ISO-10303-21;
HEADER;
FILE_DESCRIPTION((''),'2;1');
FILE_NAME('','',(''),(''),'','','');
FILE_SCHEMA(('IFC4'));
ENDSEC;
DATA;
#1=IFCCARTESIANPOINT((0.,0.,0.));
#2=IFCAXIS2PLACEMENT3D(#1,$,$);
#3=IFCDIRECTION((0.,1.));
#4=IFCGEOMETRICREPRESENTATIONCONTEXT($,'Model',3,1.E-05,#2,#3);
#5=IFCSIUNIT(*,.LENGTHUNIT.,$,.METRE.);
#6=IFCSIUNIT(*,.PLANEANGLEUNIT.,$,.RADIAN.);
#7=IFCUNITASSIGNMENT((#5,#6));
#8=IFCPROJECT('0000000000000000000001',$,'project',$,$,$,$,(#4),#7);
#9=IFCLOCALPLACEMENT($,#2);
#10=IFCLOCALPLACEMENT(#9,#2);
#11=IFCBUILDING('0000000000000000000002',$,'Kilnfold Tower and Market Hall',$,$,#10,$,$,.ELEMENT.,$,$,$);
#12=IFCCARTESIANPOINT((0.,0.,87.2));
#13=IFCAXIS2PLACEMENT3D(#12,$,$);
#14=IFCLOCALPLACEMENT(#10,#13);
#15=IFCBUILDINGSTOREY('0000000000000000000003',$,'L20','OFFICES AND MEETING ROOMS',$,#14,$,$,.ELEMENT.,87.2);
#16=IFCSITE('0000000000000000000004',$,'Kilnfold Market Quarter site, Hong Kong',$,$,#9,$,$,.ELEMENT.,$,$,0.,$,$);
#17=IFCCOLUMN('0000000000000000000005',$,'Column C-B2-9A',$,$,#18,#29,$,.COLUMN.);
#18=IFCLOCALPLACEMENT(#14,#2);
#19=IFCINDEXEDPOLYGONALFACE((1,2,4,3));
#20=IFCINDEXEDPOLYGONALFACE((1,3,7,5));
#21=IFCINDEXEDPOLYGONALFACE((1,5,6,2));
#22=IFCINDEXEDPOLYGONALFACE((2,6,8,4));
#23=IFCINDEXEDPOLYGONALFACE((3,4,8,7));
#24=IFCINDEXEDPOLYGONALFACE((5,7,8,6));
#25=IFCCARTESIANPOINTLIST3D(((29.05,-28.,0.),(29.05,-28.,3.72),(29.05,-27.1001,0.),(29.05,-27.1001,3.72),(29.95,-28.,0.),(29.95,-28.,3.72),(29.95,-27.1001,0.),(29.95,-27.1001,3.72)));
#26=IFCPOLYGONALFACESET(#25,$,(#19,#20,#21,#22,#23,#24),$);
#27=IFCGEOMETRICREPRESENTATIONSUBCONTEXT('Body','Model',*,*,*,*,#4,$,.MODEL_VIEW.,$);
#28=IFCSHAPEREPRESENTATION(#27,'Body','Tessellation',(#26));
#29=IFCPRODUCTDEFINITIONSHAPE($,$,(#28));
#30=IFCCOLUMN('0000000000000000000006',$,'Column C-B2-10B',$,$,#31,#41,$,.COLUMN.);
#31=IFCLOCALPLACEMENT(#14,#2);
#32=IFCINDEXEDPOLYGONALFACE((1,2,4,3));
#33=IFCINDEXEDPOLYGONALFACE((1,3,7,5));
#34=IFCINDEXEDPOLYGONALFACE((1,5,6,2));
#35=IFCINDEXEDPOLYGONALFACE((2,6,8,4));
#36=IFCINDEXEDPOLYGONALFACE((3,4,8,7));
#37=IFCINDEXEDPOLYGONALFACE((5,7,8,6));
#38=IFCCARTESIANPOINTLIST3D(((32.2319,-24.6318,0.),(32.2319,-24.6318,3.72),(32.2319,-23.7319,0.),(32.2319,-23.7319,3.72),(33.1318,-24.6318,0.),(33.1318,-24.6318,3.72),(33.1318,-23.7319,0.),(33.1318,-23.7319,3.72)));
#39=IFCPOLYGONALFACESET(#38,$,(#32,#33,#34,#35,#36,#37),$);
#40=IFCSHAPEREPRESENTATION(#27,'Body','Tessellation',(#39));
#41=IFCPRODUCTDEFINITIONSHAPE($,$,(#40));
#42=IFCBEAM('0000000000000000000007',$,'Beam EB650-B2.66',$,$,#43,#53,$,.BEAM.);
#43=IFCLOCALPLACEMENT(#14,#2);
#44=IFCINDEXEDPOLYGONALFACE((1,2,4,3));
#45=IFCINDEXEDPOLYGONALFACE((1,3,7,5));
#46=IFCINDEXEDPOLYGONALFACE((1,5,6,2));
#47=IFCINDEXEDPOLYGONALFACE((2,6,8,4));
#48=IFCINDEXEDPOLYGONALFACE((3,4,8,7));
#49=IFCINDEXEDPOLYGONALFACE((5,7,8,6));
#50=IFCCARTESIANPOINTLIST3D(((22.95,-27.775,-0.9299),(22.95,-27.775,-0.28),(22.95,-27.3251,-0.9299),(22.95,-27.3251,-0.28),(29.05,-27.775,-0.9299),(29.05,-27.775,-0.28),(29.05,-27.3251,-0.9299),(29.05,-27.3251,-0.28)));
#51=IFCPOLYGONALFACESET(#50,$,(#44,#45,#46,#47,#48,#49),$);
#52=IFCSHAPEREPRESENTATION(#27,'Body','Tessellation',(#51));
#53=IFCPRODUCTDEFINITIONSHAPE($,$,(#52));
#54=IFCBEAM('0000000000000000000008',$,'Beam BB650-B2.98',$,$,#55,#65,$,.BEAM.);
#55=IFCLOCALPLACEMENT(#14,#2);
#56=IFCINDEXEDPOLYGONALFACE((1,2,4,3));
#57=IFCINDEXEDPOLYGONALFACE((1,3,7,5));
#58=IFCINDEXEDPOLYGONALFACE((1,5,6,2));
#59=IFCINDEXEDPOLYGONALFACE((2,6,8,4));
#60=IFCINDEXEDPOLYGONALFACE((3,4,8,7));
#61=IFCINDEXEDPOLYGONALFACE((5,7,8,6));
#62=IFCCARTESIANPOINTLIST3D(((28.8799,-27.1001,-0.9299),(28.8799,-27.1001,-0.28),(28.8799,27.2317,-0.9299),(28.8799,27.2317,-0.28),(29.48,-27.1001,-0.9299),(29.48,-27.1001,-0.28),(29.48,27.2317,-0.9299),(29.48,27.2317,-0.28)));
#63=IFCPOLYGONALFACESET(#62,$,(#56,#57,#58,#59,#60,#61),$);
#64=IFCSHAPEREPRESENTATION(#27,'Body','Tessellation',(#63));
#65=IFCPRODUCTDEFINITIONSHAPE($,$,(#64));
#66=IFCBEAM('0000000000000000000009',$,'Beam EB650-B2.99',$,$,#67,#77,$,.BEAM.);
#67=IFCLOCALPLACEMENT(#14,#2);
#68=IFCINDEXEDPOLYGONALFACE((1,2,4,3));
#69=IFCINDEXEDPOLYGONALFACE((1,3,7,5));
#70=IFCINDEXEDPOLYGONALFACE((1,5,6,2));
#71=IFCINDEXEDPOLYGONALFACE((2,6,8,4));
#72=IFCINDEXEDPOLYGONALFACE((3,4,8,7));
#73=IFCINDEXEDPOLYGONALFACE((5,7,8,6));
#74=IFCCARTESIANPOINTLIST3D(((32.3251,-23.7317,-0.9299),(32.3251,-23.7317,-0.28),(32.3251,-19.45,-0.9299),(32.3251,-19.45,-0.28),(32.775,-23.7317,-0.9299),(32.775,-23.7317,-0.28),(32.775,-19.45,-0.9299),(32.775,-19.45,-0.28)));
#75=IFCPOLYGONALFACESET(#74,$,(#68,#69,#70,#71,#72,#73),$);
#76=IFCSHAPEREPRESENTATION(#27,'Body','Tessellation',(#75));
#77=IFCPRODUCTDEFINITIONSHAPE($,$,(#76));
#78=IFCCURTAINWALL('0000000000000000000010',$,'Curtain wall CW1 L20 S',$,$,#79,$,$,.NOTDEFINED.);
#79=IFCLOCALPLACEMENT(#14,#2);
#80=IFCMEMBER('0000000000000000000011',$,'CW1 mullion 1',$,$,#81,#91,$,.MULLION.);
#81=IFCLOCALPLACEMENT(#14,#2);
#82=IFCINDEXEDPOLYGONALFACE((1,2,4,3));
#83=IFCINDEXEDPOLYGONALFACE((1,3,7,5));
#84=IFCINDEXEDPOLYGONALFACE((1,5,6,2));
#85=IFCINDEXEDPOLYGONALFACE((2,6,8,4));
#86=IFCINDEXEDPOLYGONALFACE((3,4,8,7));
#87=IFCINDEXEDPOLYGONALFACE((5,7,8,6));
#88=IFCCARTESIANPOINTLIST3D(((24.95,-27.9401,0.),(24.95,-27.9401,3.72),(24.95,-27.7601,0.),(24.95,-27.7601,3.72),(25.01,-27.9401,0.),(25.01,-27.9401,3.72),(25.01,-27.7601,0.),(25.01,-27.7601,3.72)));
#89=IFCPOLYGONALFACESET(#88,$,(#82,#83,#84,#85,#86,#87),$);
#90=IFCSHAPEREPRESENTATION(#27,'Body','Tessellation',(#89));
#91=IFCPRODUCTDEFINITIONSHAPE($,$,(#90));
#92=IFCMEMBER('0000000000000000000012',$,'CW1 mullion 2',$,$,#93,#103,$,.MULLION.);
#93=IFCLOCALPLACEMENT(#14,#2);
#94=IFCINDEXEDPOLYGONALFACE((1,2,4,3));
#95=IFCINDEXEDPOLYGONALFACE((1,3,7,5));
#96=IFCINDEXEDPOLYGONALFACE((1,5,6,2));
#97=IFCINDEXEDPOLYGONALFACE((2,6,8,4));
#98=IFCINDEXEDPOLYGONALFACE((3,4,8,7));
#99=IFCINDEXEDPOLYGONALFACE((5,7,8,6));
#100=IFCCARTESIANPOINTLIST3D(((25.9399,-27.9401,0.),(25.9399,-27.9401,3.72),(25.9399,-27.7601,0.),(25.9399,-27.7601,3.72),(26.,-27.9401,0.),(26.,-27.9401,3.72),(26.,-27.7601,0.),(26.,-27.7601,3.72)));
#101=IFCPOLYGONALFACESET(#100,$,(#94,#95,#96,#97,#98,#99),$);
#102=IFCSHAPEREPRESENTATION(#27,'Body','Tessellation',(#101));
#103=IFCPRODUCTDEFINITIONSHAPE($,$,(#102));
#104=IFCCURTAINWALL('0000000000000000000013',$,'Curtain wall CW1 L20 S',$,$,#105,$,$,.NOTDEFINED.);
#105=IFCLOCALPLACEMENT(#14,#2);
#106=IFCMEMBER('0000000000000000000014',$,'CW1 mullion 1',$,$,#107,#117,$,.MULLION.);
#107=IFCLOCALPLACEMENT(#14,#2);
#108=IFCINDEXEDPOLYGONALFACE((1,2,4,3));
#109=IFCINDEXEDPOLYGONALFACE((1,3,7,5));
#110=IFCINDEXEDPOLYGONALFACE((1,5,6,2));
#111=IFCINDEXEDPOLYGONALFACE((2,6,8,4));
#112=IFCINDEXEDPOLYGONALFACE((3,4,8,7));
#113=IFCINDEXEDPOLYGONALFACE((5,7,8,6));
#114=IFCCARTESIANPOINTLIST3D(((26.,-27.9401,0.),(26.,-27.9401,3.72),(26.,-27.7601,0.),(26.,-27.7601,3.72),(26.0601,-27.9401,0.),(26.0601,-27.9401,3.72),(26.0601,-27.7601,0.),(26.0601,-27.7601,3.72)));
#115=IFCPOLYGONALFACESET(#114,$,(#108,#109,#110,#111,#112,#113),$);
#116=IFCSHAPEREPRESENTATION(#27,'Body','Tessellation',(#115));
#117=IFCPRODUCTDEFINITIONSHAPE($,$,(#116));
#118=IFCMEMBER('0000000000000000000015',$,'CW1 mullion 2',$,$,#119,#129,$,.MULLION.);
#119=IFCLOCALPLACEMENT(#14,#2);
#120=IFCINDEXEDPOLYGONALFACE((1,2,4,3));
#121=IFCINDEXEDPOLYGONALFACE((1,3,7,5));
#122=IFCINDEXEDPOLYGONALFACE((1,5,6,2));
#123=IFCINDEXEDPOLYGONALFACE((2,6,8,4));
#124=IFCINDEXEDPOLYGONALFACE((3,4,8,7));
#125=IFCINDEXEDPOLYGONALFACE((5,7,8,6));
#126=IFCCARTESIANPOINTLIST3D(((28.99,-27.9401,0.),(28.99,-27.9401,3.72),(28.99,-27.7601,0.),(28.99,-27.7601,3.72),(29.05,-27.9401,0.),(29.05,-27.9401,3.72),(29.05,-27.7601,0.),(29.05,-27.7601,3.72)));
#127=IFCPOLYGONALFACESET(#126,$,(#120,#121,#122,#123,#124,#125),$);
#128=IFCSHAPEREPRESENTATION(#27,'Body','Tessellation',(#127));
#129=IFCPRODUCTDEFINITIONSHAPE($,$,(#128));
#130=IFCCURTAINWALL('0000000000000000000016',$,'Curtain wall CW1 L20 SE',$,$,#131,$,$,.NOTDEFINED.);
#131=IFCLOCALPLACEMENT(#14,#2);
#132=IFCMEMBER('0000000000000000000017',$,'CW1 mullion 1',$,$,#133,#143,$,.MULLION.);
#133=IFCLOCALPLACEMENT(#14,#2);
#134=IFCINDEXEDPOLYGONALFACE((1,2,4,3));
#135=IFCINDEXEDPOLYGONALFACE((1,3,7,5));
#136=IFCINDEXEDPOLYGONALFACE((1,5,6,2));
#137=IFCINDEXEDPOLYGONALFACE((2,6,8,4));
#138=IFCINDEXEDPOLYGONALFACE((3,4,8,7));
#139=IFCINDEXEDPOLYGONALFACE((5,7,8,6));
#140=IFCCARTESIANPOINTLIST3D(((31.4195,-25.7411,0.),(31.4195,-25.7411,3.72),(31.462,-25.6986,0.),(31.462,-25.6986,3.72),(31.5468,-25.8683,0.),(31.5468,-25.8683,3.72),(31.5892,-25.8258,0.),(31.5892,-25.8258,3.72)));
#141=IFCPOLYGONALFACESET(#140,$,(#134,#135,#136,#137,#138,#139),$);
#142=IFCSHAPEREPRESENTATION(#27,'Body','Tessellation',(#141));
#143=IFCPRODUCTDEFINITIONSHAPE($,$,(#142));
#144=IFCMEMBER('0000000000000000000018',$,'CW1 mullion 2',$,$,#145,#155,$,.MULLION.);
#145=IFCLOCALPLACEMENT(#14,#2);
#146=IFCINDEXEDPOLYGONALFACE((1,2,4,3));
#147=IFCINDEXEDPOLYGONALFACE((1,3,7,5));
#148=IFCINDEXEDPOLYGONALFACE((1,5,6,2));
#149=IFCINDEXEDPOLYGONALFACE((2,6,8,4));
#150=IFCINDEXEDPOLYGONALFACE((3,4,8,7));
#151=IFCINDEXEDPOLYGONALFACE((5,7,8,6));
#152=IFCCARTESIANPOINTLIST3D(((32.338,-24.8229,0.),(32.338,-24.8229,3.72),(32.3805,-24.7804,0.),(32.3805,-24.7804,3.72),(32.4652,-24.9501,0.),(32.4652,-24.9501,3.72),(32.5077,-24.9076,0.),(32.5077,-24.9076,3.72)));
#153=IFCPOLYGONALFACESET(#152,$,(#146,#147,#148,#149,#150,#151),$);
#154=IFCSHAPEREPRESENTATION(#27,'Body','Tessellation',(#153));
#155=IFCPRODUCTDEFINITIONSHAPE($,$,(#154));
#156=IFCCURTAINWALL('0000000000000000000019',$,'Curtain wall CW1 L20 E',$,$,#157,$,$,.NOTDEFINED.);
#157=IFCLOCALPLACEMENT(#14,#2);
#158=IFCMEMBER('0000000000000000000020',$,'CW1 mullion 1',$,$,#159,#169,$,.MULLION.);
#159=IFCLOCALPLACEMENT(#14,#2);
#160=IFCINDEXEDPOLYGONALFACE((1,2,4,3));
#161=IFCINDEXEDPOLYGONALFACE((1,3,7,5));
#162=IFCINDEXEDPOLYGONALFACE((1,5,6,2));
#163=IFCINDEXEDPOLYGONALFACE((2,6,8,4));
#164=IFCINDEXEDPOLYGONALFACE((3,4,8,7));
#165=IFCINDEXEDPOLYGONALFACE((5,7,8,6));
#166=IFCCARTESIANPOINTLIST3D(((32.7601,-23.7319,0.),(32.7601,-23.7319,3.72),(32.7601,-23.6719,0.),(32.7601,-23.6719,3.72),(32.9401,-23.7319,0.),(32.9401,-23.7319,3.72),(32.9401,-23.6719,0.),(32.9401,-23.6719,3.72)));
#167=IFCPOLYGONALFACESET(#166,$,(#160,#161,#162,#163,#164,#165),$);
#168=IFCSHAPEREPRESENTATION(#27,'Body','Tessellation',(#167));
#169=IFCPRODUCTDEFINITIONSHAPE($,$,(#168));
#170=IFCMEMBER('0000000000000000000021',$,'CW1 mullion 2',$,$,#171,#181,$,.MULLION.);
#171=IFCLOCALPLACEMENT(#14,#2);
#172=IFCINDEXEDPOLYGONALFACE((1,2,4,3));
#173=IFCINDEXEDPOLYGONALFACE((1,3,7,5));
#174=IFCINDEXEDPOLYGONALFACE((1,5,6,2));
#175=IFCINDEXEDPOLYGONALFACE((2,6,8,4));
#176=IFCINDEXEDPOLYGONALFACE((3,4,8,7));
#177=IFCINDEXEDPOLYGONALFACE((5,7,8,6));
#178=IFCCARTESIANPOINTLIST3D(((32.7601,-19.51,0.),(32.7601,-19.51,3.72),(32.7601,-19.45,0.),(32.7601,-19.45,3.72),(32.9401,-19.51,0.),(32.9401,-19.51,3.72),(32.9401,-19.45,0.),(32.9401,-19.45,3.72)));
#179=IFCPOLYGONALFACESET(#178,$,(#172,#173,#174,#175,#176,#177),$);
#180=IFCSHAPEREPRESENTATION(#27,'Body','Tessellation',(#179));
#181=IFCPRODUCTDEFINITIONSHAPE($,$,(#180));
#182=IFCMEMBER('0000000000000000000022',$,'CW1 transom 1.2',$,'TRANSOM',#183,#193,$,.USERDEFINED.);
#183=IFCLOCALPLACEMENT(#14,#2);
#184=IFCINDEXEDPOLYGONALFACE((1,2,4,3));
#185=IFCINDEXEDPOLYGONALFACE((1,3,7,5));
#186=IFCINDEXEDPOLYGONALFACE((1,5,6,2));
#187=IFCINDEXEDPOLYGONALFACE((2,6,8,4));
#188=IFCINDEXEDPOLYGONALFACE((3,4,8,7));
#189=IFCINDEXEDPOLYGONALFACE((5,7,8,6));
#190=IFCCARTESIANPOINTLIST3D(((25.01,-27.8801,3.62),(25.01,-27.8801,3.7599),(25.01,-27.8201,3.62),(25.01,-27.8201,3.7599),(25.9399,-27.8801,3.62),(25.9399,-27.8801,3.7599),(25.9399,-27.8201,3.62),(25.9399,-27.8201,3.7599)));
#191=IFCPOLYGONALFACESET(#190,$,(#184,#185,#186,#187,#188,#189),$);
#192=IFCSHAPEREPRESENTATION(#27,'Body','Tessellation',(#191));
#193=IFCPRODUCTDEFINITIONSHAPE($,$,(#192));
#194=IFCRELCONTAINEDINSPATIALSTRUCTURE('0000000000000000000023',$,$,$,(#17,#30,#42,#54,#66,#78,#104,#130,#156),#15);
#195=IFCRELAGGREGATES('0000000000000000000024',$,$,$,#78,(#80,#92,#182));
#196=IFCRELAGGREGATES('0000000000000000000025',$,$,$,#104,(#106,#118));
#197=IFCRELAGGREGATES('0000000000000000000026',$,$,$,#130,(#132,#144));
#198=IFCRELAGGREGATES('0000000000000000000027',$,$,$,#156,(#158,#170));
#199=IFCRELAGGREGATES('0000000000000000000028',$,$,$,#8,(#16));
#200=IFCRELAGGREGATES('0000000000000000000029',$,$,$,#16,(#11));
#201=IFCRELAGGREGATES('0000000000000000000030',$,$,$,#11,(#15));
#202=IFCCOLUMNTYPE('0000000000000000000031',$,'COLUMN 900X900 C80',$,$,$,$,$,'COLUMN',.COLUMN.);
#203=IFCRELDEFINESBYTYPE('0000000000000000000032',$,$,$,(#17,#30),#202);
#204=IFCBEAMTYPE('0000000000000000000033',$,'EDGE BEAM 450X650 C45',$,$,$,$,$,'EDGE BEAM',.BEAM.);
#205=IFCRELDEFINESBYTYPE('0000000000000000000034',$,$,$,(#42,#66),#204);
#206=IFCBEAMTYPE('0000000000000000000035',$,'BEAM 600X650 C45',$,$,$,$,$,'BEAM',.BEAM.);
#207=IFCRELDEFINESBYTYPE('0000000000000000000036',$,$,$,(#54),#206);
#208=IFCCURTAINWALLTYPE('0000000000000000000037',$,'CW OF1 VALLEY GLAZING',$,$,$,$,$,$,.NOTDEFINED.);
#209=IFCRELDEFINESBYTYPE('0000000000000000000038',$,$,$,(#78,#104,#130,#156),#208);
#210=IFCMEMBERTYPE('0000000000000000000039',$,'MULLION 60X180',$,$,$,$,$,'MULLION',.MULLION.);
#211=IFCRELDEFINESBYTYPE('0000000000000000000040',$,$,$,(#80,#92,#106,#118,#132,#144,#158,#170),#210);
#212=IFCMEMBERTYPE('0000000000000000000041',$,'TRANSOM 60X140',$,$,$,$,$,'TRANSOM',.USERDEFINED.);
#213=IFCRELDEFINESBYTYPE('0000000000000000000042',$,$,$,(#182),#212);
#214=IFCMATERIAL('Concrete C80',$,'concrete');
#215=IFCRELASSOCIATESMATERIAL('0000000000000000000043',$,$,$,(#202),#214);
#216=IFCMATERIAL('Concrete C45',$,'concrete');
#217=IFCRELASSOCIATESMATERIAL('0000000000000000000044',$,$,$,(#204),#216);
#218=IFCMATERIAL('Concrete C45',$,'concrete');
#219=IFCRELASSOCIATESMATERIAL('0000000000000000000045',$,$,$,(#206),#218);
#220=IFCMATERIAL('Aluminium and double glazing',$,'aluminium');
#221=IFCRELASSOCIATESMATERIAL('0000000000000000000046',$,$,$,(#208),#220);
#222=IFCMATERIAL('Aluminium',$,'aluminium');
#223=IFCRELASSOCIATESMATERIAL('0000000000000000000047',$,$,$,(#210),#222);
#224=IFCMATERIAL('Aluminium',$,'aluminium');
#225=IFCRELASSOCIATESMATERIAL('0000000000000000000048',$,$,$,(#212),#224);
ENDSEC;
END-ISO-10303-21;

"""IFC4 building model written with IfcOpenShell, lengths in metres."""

from ifc_helpers import new_model, si_unit, direction, frame, origin, origin_2d, place, context, subcontext, project, spatial, rectangle, extrude, source, transform, mapped, material, material_profile, profile_set, type_object, element, aggregate, save


model = new_model("IFC4")

# Units and contexts
model_context = context("Model", 3, precision=1e-05, world=origin(), true_north=direction((0.0, 1.0)))
body_context = subcontext(model_context, "Body", "Model", "MODEL_VIEW")
ifc_project = project(units=[si_unit("LENGTHUNIT", "METRE"), si_unit("PLANEANGLEUNIT", "RADIAN")], contexts=[model_context])

# Site, building, storey
site_placement = place(None, origin())
site = spatial("IfcSite", under=ifc_project, at=site_placement, Name="Kilnfold Market Quarter site, Hong Kong", CompositionType="ELEMENT", RefElevation=0.0)
building_placement = place(site_placement, origin())
building = spatial("IfcBuilding", under=site, at=building_placement, Name="Kilnfold Tower and Market Hall", CompositionType="ELEMENT")
storey_placement = place(building_placement, frame((0.0, 0.0, 87.2)))
storey = spatial("IfcBuildingStorey", under=building, at=storey_placement, Name="L20", Description="OFFICES AND MEETING ROOMS", CompositionType="ELEMENT", Elevation=87.2)

# Columns
ifc_material_1 = material(Name="Concrete C80", Category="concrete")
ifc_material_profile_1 = material_profile(ifc_material_1, rectangle(XDim=0.8999, YDim=0.8999, at=origin_2d()), Name="RC 900x900")
ifc_profile_set_1 = profile_set([ifc_material_profile_1], Name="Concrete C80")
column_type = type_object("IfcColumnType", Name="COLUMN 900X900 C80", ElementType="COLUMN", PredefinedType="COLUMN", material=ifc_profile_set_1)
shared_shape_1 = source(origin(), body_context, "Body", "SweptSolid", [
    extrude(rectangle(XDim=0.8999, YDim=0.8999, at=origin_2d()), origin(), (0.0, 0.0, 1.0), 3.72),
])
for number, where, z_axis, x_axis, name in (
    (1, (29.5, -27.55, 0.0), (0.0, 0.0, 1.0), (1.0, 0.0, 0.0), "Column C-B2-9A"),
    (2, (32.6819, -24.1819, 0.0), (0.0, 0.0, 1.0), (1.0, 0.0, 0.0), "Column C-B2-10B"),
):
    element("IfcColumn", number, at=place(storey_placement, frame(where, z_axis=z_axis, x_axis=x_axis)), inside=storey, type_object=column_type, Name=name, PredefinedType="COLUMN", context=body_context, shape_type="MappedRepresentation", body=[
        mapped(shared_shape_1, transform((0.0, 0.0, 0.0))),
    ])

# Beams
ifc_material_2 = material(Name="Concrete C45", Category="concrete")
ifc_material_profile_2 = material_profile(ifc_material_2, rectangle(XDim=0.45, YDim=0.6499, at=origin_2d()), Name="RC 450x650")
ifc_profile_set_2 = profile_set([ifc_material_profile_2], Name="Concrete C45")
beam_type_1 = type_object("IfcBeamType", Name="EDGE BEAM 450X650 C45", ElementType="EDGE BEAM", PredefinedType="BEAM", material=ifc_profile_set_2)
shared_shape_2 = source(origin(), body_context, "Body", "SweptSolid", [
    extrude(rectangle(XDim=0.45, YDim=0.6499, at=origin_2d()), origin(), (0.0, 0.0, 1.0), 6.1001),
])
beam_1_placement = place(storey_placement, frame((22.95, -27.55, -0.605), z_axis=(1.0, 0.0, 0.0), x_axis=(0.0, 1.0, 0.0)))
element("IfcBeam", 3, at=beam_1_placement, inside=storey, type_object=beam_type_1, Name="Beam EB650-B2.66", PredefinedType="BEAM", context=body_context, shape_type="MappedRepresentation", body=[
    mapped(shared_shape_2, transform((0.0, 0.0, 0.0))),
])
ifc_material_3 = material(Name="Concrete C45", Category="concrete")
ifc_material_profile_3 = material_profile(ifc_material_3, rectangle(XDim=0.6001, YDim=0.6499, at=origin_2d()), Name="RC 600x650")
ifc_profile_set_3 = profile_set([ifc_material_profile_3], Name="Concrete C45")
beam_type_2 = type_object("IfcBeamType", Name="BEAM 600X650 C45", ElementType="BEAM", PredefinedType="BEAM", material=ifc_profile_set_3)
shared_shape_3 = source(origin(), body_context, "Body", "SweptSolid", [
    extrude(rectangle(XDim=0.6001, YDim=0.6499, at=origin_2d()), origin(), (0.0, 0.0, 1.0), 54.3318),
])
beam_2_placement = place(storey_placement, frame((29.1799, -27.1001, -0.605), z_axis=(0.0, 1.0, 0.0), x_axis=(-1.0, 0.0, 0.0)))
element("IfcBeam", 4, at=beam_2_placement, inside=storey, type_object=beam_type_2, Name="Beam BB650-B2.98", PredefinedType="BEAM", context=body_context, shape_type="MappedRepresentation", body=[
    mapped(shared_shape_3, transform((0.0, 0.0, 0.0))),
])
shared_shape_4 = source(origin(), body_context, "Body", "SweptSolid", [
    extrude(rectangle(XDim=0.45, YDim=0.6499, at=origin_2d()), origin(), (0.0, 0.0, 1.0), 4.2817),
])
beam_3_placement = place(storey_placement, frame((32.55, -23.7317, -0.605), z_axis=(0.0, 1.0, 0.0), x_axis=(-1.0, 0.0, 0.0)))
element("IfcBeam", 5, at=beam_3_placement, inside=storey, type_object=beam_type_1, Name="Beam EB650-B2.99", PredefinedType="BEAM", context=body_context, shape_type="MappedRepresentation", body=[
    mapped(shared_shape_4, transform((0.0, 0.0, 0.0))),
])

# Curtain walls, members
ifc_material_4 = material(Name="Aluminium and double glazing", Category="aluminium")
curtain_wall_type = type_object("IfcCurtainWallType", Name="CW OF1 VALLEY GLAZING", PredefinedType="NOTDEFINED", material=ifc_material_4)
curtain_wall_1_placement = place(storey_placement, origin())
curtain_wall_1 = element("IfcCurtainWall", 6, at=curtain_wall_1_placement, inside=storey, type_object=curtain_wall_type, Name="Curtain wall CW1 L20 S", PredefinedType="NOTDEFINED")
ifc_material_5 = material(Name="Aluminium", Category="aluminium")
ifc_material_profile_4 = material_profile(ifc_material_5, rectangle(XDim=0.0601, YDim=0.1799, at=origin_2d()), Name="MULLION 60x180")
ifc_profile_set_4 = profile_set([ifc_material_profile_4], Name="Aluminium")
member_type_1 = type_object("IfcMemberType", Name="MULLION 60X180", ElementType="MULLION", PredefinedType="MULLION", material=ifc_profile_set_4)
shared_shape_5 = source(origin(), body_context, "Body", "SweptSolid", [
    extrude(rectangle(XDim=0.0601, YDim=0.1799, at=origin_2d()), origin(), (0.0, 0.0, 1.0), 3.72),
])
member_1_placement = place(storey_placement, frame((24.98, -27.8501, 0.0), z_axis=(0.0, 0.0, 1.0), x_axis=(1.0, 0.0, 0.0)))
member_1 = element("IfcMember", 7, at=member_1_placement, type_object=member_type_1, Name="CW1 mullion 1", PredefinedType="MULLION", context=body_context, shape_type="MappedRepresentation", body=[
    mapped(shared_shape_5, transform((0.0, 0.0, 0.0))),
])
member_2_placement = place(storey_placement, frame((25.97, -27.8501, 0.0), z_axis=(0.0, 0.0, 1.0), x_axis=(1.0, 0.0, 0.0)))
member_2 = element("IfcMember", 8, at=member_2_placement, type_object=member_type_1, Name="CW1 mullion 2", PredefinedType="MULLION", context=body_context, shape_type="MappedRepresentation", body=[
    mapped(shared_shape_5, transform((0.0, 0.0, 0.0))),
])
curtain_wall_2_placement = place(storey_placement, origin())
curtain_wall_2 = element("IfcCurtainWall", 9, at=curtain_wall_2_placement, inside=storey, type_object=curtain_wall_type, Name="Curtain wall CW1 L20 S", PredefinedType="NOTDEFINED")
member_3_placement = place(storey_placement, frame((26.03, -27.8501, 0.0), z_axis=(0.0, 0.0, 1.0), x_axis=(1.0, 0.0, 0.0)))
member_3 = element("IfcMember", 10, at=member_3_placement, type_object=member_type_1, Name="CW1 mullion 1", PredefinedType="MULLION", context=body_context, shape_type="MappedRepresentation", body=[
    mapped(shared_shape_5, transform((0.0, 0.0, 0.0))),
])
member_4_placement = place(storey_placement, frame((29.02, -27.8501, 0.0), z_axis=(0.0, 0.0, 1.0), x_axis=(1.0, 0.0, 0.0)))
member_4 = element("IfcMember", 11, at=member_4_placement, type_object=member_type_1, Name="CW1 mullion 2", PredefinedType="MULLION", context=body_context, shape_type="MappedRepresentation", body=[
    mapped(shared_shape_5, transform((0.0, 0.0, 0.0))),
])
curtain_wall_3_placement = place(storey_placement, origin())
curtain_wall_3 = element("IfcCurtainWall", 12, at=curtain_wall_3_placement, inside=storey, type_object=curtain_wall_type, Name="Curtain wall CW1 L20 SE", PredefinedType="NOTDEFINED")
member_5_placement = place(storey_placement, frame((31.5044, -25.7834, 0.0), z_axis=(0.0, 0.0, 1.0), x_axis=(0.707107, 0.707107, 0.0)))
member_5 = element("IfcMember", 13, at=member_5_placement, type_object=member_type_1, Name="CW1 mullion 1", PredefinedType="MULLION", context=body_context, shape_type="MappedRepresentation", body=[
    mapped(shared_shape_5, transform((0.0, 0.0, 0.0))),
])
member_6_placement = place(storey_placement, frame((32.4229, -24.8652, 0.0), z_axis=(0.0, 0.0, 1.0), x_axis=(0.707107, 0.707107, 0.0)))
member_6 = element("IfcMember", 14, at=member_6_placement, type_object=member_type_1, Name="CW1 mullion 2", PredefinedType="MULLION", context=body_context, shape_type="MappedRepresentation", body=[
    mapped(shared_shape_5, transform((0.0, 0.0, 0.0))),
])
curtain_wall_4_placement = place(storey_placement, origin())
curtain_wall_4 = element("IfcCurtainWall", 15, at=curtain_wall_4_placement, inside=storey, type_object=curtain_wall_type, Name="Curtain wall CW1 L20 E", PredefinedType="NOTDEFINED")
member_7_placement = place(storey_placement, frame((32.8501, -23.7019, 0.0), z_axis=(0.0, 0.0, 1.0), x_axis=(0.0, 1.0, 0.0)))
member_7 = element("IfcMember", 16, at=member_7_placement, type_object=member_type_1, Name="CW1 mullion 1", PredefinedType="MULLION", context=body_context, shape_type="MappedRepresentation", body=[
    mapped(shared_shape_5, transform((0.0, 0.0, 0.0))),
])
member_8_placement = place(storey_placement, frame((32.8501, -19.48, 0.0), z_axis=(0.0, 0.0, 1.0), x_axis=(0.0, 1.0, 0.0)))
member_8 = element("IfcMember", 17, at=member_8_placement, type_object=member_type_1, Name="CW1 mullion 2", PredefinedType="MULLION", context=body_context, shape_type="MappedRepresentation", body=[
    mapped(shared_shape_5, transform((0.0, 0.0, 0.0))),
])

# Member
ifc_material_6 = material(Name="Aluminium", Category="aluminium")
ifc_material_profile_5 = material_profile(ifc_material_6, rectangle(XDim=0.0601, YDim=0.1399, at=origin_2d()), Name="TRANSOM 60x140")
ifc_profile_set_5 = profile_set([ifc_material_profile_5], Name="Aluminium")
member_type_2 = type_object("IfcMemberType", Name="TRANSOM 60X140", ElementType="TRANSOM", PredefinedType="USERDEFINED", material=ifc_profile_set_5)
shared_shape_6 = source(origin(), body_context, "Body", "SweptSolid", [
    extrude(rectangle(XDim=0.0601, YDim=0.1399, at=origin_2d()), origin(), (0.0, 0.0, 1.0), 0.9299),
])
member_9_placement = place(storey_placement, frame((25.01, -27.8501, 3.6899), z_axis=(1.0, 0.0, 0.0), x_axis=(0.0, 1.0, 0.0)))
member_9 = element("IfcMember", 18, at=member_9_placement, type_object=member_type_2, Name="CW1 transom 1.2", ObjectType="TRANSOM", PredefinedType="USERDEFINED", context=body_context, shape_type="MappedRepresentation", body=[
    mapped(shared_shape_6, transform((0.0, 0.0, 0.0))),
])

aggregate(curtain_wall_1, [member_1, member_2, member_9])
aggregate(curtain_wall_2, [member_3, member_4])
aggregate(curtain_wall_3, [member_5, member_6])
aggregate(curtain_wall_4, [member_7, member_8])

save(model, "model.ifc")
